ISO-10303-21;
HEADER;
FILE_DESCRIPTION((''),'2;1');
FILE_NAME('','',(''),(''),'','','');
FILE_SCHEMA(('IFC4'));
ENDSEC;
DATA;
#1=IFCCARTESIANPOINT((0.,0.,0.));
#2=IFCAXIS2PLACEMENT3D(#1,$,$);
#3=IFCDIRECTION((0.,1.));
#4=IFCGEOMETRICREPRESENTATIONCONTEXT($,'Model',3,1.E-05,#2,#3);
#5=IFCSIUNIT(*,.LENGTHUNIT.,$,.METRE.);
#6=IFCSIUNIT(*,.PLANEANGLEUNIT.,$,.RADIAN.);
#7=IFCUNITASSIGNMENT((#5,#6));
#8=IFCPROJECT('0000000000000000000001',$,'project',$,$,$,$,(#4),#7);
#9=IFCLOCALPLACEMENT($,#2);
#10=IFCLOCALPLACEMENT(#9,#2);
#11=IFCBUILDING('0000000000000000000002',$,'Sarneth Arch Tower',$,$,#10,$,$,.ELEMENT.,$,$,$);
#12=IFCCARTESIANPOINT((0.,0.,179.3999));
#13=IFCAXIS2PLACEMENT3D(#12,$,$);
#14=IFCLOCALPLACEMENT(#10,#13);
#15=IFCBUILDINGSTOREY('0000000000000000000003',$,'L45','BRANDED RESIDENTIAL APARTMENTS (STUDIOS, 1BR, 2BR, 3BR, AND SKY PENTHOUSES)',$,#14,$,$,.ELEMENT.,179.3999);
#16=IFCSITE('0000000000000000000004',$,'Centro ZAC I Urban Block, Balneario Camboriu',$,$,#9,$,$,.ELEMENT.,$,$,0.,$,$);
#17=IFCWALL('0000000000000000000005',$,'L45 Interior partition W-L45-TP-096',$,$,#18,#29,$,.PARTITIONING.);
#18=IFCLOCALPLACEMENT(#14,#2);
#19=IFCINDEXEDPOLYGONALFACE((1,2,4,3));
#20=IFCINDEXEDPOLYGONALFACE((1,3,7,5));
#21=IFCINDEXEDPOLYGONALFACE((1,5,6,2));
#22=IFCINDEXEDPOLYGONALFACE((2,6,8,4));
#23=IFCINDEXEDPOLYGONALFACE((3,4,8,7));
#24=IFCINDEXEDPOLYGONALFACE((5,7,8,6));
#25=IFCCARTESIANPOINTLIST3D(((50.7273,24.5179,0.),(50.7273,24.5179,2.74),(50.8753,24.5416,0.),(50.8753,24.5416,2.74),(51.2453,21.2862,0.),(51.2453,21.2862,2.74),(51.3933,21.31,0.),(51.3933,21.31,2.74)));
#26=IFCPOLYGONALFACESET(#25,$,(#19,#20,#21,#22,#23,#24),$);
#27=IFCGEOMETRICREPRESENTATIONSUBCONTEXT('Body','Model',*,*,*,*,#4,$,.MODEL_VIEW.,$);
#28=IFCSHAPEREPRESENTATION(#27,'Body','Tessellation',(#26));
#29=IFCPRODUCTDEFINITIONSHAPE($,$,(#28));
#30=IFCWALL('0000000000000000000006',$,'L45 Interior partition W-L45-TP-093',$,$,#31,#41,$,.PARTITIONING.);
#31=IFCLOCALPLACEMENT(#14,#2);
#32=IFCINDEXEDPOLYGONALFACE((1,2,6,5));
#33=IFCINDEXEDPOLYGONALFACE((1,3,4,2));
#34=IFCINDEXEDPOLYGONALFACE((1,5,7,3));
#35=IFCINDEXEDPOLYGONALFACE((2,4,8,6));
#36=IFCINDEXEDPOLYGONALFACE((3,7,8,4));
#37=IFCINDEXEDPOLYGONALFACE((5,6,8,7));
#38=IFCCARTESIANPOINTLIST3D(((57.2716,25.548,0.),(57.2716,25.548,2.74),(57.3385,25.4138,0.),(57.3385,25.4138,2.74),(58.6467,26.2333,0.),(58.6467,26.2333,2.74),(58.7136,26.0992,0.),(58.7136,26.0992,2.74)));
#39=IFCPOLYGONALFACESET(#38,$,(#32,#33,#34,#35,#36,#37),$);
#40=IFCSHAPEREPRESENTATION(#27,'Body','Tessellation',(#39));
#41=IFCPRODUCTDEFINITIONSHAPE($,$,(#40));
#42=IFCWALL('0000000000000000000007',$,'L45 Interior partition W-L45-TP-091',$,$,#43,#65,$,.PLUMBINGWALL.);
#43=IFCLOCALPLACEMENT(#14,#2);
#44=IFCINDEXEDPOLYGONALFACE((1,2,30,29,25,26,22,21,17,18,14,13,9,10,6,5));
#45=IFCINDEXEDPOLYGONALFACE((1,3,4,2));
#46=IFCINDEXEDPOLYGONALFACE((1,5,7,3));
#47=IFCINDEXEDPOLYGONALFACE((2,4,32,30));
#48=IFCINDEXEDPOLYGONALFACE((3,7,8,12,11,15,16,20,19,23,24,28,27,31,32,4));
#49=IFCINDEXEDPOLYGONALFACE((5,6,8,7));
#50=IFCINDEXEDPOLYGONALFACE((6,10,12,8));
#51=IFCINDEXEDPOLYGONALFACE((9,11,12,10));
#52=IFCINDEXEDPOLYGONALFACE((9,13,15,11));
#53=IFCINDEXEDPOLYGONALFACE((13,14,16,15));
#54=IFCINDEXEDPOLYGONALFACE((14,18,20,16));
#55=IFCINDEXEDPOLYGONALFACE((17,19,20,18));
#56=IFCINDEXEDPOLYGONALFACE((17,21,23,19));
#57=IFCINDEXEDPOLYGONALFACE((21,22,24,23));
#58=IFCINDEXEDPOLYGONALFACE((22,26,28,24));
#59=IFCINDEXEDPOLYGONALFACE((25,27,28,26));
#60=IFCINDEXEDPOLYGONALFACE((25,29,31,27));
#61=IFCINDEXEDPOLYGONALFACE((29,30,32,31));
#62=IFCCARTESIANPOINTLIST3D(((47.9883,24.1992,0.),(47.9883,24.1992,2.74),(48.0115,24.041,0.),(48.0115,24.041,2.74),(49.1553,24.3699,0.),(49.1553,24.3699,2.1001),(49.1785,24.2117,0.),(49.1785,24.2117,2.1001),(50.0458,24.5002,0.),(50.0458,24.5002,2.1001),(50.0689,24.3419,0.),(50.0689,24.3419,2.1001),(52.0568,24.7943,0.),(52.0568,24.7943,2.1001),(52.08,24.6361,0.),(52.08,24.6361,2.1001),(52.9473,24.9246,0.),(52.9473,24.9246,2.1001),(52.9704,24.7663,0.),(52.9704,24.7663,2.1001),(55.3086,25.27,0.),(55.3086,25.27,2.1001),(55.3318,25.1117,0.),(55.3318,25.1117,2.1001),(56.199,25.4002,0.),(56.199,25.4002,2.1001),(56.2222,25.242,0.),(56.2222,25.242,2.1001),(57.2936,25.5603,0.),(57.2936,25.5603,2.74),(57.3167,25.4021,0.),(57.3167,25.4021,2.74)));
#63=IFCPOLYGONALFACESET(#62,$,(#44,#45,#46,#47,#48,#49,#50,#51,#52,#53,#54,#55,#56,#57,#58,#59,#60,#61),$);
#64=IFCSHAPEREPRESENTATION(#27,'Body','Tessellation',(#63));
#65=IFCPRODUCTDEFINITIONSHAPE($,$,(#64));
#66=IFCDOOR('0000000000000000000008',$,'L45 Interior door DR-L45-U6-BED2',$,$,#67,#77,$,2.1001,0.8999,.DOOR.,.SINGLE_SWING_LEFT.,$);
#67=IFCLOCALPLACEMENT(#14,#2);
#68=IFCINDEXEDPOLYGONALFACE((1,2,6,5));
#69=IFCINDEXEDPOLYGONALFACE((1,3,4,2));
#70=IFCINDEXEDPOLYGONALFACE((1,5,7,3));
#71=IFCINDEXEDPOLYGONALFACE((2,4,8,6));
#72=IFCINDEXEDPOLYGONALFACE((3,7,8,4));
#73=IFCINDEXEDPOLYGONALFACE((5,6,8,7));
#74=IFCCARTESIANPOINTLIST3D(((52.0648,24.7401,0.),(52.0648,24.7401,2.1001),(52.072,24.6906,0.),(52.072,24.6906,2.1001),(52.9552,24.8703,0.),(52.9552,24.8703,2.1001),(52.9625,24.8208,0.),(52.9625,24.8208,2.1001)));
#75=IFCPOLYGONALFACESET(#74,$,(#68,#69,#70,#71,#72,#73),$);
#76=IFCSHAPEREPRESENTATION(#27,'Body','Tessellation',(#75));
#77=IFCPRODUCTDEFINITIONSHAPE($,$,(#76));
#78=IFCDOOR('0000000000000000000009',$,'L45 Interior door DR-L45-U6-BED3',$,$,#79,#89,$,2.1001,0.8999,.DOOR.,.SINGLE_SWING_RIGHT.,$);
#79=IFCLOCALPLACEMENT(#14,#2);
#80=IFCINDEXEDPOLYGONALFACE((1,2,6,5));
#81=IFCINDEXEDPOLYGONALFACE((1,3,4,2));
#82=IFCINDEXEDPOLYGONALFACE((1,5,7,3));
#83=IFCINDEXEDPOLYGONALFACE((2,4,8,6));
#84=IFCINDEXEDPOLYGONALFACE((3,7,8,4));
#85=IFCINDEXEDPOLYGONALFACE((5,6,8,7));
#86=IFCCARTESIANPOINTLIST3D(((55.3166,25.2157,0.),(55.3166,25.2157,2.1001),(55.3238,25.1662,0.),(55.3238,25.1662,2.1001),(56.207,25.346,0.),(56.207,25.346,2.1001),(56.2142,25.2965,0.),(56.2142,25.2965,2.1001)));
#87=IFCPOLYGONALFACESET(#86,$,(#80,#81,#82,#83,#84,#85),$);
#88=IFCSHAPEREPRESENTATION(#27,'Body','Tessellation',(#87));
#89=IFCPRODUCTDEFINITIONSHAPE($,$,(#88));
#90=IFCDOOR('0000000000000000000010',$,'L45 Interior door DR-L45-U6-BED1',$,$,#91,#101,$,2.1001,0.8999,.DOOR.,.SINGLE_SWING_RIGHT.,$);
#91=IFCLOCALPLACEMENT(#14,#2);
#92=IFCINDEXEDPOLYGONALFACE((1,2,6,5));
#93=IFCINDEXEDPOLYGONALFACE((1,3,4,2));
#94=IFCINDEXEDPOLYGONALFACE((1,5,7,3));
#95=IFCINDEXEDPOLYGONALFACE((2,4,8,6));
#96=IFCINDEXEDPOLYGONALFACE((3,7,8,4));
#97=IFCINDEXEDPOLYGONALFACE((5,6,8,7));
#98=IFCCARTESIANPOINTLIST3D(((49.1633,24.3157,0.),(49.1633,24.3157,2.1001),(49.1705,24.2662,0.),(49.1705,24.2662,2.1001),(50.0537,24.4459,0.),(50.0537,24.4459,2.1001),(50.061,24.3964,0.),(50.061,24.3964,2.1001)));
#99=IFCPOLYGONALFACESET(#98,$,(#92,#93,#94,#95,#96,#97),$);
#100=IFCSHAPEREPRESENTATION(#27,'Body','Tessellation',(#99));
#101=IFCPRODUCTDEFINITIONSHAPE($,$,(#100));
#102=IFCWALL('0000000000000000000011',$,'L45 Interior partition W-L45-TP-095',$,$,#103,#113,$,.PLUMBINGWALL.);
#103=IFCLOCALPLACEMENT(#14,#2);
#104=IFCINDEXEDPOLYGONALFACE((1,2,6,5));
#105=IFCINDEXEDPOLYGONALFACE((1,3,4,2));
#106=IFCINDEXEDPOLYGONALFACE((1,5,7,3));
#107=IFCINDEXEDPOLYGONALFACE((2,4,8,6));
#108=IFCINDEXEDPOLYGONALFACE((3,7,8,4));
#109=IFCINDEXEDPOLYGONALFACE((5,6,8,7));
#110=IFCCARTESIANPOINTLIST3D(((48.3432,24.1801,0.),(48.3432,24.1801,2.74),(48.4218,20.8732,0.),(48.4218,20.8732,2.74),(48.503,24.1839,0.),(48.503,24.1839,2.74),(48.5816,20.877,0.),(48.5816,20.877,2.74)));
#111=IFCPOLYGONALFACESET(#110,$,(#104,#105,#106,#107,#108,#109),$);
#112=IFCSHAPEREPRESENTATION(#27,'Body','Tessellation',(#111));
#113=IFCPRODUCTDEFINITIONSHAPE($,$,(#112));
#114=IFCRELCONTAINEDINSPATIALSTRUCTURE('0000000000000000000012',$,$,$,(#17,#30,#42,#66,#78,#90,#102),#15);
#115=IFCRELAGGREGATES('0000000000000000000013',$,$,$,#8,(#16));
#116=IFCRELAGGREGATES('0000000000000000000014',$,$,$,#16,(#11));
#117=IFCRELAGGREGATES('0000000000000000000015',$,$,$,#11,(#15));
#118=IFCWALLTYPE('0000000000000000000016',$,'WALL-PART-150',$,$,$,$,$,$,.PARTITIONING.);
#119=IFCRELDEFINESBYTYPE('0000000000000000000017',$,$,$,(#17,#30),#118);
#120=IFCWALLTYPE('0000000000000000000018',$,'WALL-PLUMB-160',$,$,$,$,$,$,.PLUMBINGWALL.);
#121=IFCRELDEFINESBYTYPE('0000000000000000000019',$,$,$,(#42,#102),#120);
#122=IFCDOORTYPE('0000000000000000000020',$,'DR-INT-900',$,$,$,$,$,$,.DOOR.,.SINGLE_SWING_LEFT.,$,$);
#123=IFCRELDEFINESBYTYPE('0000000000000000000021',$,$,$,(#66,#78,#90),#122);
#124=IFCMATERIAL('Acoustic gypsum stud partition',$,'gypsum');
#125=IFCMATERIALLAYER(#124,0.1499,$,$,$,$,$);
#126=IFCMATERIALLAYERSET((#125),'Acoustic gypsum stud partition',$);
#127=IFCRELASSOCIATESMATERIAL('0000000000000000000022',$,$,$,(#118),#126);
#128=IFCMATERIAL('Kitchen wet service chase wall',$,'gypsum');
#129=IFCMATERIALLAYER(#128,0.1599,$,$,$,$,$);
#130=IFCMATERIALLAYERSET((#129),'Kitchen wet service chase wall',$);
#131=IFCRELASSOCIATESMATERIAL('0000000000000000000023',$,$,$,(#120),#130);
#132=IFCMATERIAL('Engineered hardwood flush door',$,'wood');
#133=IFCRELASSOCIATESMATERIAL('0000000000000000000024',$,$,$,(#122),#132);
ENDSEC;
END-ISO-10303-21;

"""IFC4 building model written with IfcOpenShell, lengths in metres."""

from ifc_helpers import new_model, si_unit, direction, frame, frame_2d, origin, place, context, subcontext, project, spatial, rectangle, extrude, material, layer, layer_set, type_object, element, fill, save


model = new_model("IFC4")

# Units and contexts
model_context = context("Model", 3, precision=1e-05, world=origin(), true_north=direction((0.0, 1.0)))
body_context = subcontext(model_context, "Body", "Model", "MODEL_VIEW")
ifc_project = project(units=[si_unit("LENGTHUNIT", "METRE"), si_unit("PLANEANGLEUNIT", "RADIAN")], contexts=[model_context])

# Site, building, storey
site_placement = place(None, origin())
site = spatial("IfcSite", under=ifc_project, at=site_placement, Name="Centro ZAC I Urban Block, Balneario Camboriu", CompositionType="ELEMENT", RefElevation=0.0)
building_placement = place(site_placement, origin())
building = spatial("IfcBuilding", under=site, at=building_placement, Name="Sarneth Arch Tower", CompositionType="ELEMENT")
storey_placement = place(building_placement, frame((0.0, 0.0, 179.3999)))
storey = spatial("IfcBuildingStorey", under=building, at=storey_placement, Name="L45", Description="BRANDED RESIDENTIAL APARTMENTS (STUDIOS, 1BR, 2BR, 3BR, AND SKY PENTHOUSES)", CompositionType="ELEMENT", Elevation=179.3999)

# Walls
ifc_material_1 = material(Name="Acoustic gypsum stud partition", Category="gypsum")
ifc_layer_1 = layer(ifc_material_1, 0.1499)
ifc_layer_set_1 = layer_set([ifc_layer_1], Name="Acoustic gypsum stud partition")
wall_type_1 = type_object("IfcWallType", Name="WALL-PART-150", PredefinedType="PARTITIONING", material=ifc_layer_set_1)
wall_1_placement = place(storey_placement, frame((51.3193, 21.2981, 0.0), z_axis=(0.0, 0.0, 1.0), x_axis=(-0.158287, 0.987393, 0.0)))
element("IfcWall", 1, at=wall_1_placement, inside=storey, type_object=wall_type_1, Name="L45 Interior partition W-L45-TP-096", PredefinedType="PARTITIONING", context=body_context, shape_type="SweptSolid", body=[
    extrude(rectangle(XDim=3.2729, YDim=0.1499, at=frame_2d((1.6365, 0.0))), origin(), (0.0, 0.0, 1.0), 2.74),
])
wall_2_placement = place(storey_placement, frame((57.3052, 25.481, 0.0), z_axis=(0.0, 0.0, 1.0), x_axis=(0.894999, 0.446069, 0.0)))
element("IfcWall", 2, at=wall_2_placement, inside=storey, type_object=wall_type_1, Name="L45 Interior partition W-L45-TP-093", PredefinedType="PARTITIONING", context=body_context, shape_type="SweptSolid", body=[
    extrude(rectangle(XDim=1.5364, YDim=0.1499, at=frame_2d((0.7681, 0.0))), origin(), (0.0, 0.0, 1.0), 2.74),
])

# Wall, openings, doors
ifc_material_2 = material(Name="Kitchen wet service chase wall", Category="gypsum")
ifc_layer_2 = layer(ifc_material_2, 0.1599)
ifc_layer_set_2 = layer_set([ifc_layer_2], Name="Kitchen wet service chase wall")
wall_type_2 = type_object("IfcWallType", Name="WALL-PLUMB-160", PredefinedType="PLUMBINGWALL", material=ifc_layer_set_2)
wall_3_placement = place(storey_placement, frame((57.3052, 25.4812, 0.0), z_axis=(0.0, 0.0, 1.0), x_axis=(-0.989471, -0.144732, 0.0)))
wall_3 = element("IfcWall", 3, at=wall_3_placement, inside=storey, type_object=wall_type_2, Name="L45 Interior partition W-L45-TP-091", PredefinedType="PLUMBINGWALL", context=body_context, shape_type="SweptSolid", body=[
    extrude(rectangle(XDim=9.4043, YDim=0.1599, at=frame_2d((4.7021, 0.0))), origin(), (0.0, 0.0, 1.0), 2.74),
])
opening_1_placement = place(wall_3_placement, frame((4.3926, 0.0, 0.0)))
opening_1 = element("IfcOpeningElement", 4, at=opening_1_placement, cuts=wall_3, PredefinedType="OPENING", context=body_context, shape_type="SweptSolid", body=[
    extrude(rectangle(XDim=0.8999, YDim=2.1001, at=frame_2d((0.45, 1.05))), frame((0.0, 0.0898, 0.0), z_axis=(0.0, -1.0, 0.0), x_axis=(1.0, 0.0, 0.0)), (0.0, 0.0, 1.0), 0.1799),
])
opening_2_placement = place(wall_3_placement, frame((1.1062, 0.0, 0.0)))
opening_2 = element("IfcOpeningElement", 5, at=opening_2_placement, cuts=wall_3, PredefinedType="OPENING", context=body_context, shape_type="SweptSolid", body=[
    extrude(rectangle(XDim=0.8999, YDim=2.1001, at=frame_2d((0.45, 1.05))), frame((0.0, 0.0898, 0.0), z_axis=(0.0, -1.0, 0.0), x_axis=(1.0, 0.0, 0.0)), (0.0, 0.0, 1.0), 0.1799),
])
opening_3_placement = place(wall_3_placement, frame((7.325, 0.0, 0.0)))
opening_3 = element("IfcOpeningElement", 6, at=opening_3_placement, cuts=wall_3, PredefinedType="OPENING", context=body_context, shape_type="SweptSolid", body=[
    extrude(rectangle(XDim=0.8999, YDim=2.1001, at=frame_2d((0.45, 1.05))), frame((0.0, 0.0898, 0.0), z_axis=(0.0, -1.0, 0.0), x_axis=(1.0, 0.0, 0.0)), (0.0, 0.0, 1.0), 0.1799),
])
ifc_material_3 = material(Name="Engineered hardwood flush door", Category="wood")
door_type_1 = type_object("IfcDoorType", Name="DR-INT-900", OperationType="SINGLE_SWING_LEFT", PredefinedType="DOOR", material=ifc_material_3)
door_1_placement = place(opening_1_placement, origin())
door_1 = element("IfcDoor", 7, at=door_1_placement, inside=storey, type_object=door_type_1, Name="L45 Interior door DR-L45-U6-BED2", OperationType="SINGLE_SWING_LEFT", OverallHeight=2.1001, OverallWidth=0.8999, PredefinedType="DOOR", context=body_context, shape_type="SweptSolid", body=[
    extrude(rectangle(XDim=0.8999, YDim=2.1001, at=frame_2d((0.45, 1.05))), frame((0.0, 0.0249, 0.0), z_axis=(0.0, -1.0, 0.0), x_axis=(1.0, 0.0, 0.0)), (0.0, 0.0, 1.0), 0.05),
])
fill(opening_1, door_1)
door_2_placement = place(opening_2_placement, origin())
door_2 = element("IfcDoor", 8, at=door_2_placement, inside=storey, type_object=door_type_1, Name="L45 Interior door DR-L45-U6-BED3", OperationType="SINGLE_SWING_RIGHT", OverallHeight=2.1001, OverallWidth=0.8999, PredefinedType="DOOR", context=body_context, shape_type="SweptSolid", body=[
    extrude(rectangle(XDim=0.8999, YDim=2.1001, at=frame_2d((0.45, 1.05))), frame((0.0, 0.0249, 0.0), z_axis=(0.0, -1.0, 0.0), x_axis=(1.0, 0.0, 0.0)), (0.0, 0.0, 1.0), 0.05),
])
fill(opening_2, door_2)
door_3_placement = place(opening_3_placement, origin())
door_3 = element("IfcDoor", 9, at=door_3_placement, inside=storey, type_object=door_type_1, Name="L45 Interior door DR-L45-U6-BED1", OperationType="SINGLE_SWING_RIGHT", OverallHeight=2.1001, OverallWidth=0.8999, PredefinedType="DOOR", context=body_context, shape_type="SweptSolid", body=[
    extrude(rectangle(XDim=0.8999, YDim=2.1001, at=frame_2d((0.45, 1.05))), frame((0.0, 0.0249, 0.0), z_axis=(0.0, -1.0, 0.0), x_axis=(1.0, 0.0, 0.0)), (0.0, 0.0, 1.0), 0.05),
])
fill(opening_3, door_3)

# Wall
wall_4_placement = place(storey_placement, frame((48.4231, 24.1819, 0.0), z_axis=(0.0, 0.0, 1.0), x_axis=(0.023766, -0.999718, 0.0)))
element("IfcWall", 10, at=wall_4_placement, inside=storey, type_object=wall_type_2, Name="L45 Interior partition W-L45-TP-095", PredefinedType="PLUMBINGWALL", context=body_context, shape_type="SweptSolid", body=[
    extrude(rectangle(XDim=3.3079, YDim=0.1599, at=frame_2d((1.6538, 0.0))), origin(), (0.0, 0.0, 1.0), 2.74),
])

save(model, "model.ifc")
